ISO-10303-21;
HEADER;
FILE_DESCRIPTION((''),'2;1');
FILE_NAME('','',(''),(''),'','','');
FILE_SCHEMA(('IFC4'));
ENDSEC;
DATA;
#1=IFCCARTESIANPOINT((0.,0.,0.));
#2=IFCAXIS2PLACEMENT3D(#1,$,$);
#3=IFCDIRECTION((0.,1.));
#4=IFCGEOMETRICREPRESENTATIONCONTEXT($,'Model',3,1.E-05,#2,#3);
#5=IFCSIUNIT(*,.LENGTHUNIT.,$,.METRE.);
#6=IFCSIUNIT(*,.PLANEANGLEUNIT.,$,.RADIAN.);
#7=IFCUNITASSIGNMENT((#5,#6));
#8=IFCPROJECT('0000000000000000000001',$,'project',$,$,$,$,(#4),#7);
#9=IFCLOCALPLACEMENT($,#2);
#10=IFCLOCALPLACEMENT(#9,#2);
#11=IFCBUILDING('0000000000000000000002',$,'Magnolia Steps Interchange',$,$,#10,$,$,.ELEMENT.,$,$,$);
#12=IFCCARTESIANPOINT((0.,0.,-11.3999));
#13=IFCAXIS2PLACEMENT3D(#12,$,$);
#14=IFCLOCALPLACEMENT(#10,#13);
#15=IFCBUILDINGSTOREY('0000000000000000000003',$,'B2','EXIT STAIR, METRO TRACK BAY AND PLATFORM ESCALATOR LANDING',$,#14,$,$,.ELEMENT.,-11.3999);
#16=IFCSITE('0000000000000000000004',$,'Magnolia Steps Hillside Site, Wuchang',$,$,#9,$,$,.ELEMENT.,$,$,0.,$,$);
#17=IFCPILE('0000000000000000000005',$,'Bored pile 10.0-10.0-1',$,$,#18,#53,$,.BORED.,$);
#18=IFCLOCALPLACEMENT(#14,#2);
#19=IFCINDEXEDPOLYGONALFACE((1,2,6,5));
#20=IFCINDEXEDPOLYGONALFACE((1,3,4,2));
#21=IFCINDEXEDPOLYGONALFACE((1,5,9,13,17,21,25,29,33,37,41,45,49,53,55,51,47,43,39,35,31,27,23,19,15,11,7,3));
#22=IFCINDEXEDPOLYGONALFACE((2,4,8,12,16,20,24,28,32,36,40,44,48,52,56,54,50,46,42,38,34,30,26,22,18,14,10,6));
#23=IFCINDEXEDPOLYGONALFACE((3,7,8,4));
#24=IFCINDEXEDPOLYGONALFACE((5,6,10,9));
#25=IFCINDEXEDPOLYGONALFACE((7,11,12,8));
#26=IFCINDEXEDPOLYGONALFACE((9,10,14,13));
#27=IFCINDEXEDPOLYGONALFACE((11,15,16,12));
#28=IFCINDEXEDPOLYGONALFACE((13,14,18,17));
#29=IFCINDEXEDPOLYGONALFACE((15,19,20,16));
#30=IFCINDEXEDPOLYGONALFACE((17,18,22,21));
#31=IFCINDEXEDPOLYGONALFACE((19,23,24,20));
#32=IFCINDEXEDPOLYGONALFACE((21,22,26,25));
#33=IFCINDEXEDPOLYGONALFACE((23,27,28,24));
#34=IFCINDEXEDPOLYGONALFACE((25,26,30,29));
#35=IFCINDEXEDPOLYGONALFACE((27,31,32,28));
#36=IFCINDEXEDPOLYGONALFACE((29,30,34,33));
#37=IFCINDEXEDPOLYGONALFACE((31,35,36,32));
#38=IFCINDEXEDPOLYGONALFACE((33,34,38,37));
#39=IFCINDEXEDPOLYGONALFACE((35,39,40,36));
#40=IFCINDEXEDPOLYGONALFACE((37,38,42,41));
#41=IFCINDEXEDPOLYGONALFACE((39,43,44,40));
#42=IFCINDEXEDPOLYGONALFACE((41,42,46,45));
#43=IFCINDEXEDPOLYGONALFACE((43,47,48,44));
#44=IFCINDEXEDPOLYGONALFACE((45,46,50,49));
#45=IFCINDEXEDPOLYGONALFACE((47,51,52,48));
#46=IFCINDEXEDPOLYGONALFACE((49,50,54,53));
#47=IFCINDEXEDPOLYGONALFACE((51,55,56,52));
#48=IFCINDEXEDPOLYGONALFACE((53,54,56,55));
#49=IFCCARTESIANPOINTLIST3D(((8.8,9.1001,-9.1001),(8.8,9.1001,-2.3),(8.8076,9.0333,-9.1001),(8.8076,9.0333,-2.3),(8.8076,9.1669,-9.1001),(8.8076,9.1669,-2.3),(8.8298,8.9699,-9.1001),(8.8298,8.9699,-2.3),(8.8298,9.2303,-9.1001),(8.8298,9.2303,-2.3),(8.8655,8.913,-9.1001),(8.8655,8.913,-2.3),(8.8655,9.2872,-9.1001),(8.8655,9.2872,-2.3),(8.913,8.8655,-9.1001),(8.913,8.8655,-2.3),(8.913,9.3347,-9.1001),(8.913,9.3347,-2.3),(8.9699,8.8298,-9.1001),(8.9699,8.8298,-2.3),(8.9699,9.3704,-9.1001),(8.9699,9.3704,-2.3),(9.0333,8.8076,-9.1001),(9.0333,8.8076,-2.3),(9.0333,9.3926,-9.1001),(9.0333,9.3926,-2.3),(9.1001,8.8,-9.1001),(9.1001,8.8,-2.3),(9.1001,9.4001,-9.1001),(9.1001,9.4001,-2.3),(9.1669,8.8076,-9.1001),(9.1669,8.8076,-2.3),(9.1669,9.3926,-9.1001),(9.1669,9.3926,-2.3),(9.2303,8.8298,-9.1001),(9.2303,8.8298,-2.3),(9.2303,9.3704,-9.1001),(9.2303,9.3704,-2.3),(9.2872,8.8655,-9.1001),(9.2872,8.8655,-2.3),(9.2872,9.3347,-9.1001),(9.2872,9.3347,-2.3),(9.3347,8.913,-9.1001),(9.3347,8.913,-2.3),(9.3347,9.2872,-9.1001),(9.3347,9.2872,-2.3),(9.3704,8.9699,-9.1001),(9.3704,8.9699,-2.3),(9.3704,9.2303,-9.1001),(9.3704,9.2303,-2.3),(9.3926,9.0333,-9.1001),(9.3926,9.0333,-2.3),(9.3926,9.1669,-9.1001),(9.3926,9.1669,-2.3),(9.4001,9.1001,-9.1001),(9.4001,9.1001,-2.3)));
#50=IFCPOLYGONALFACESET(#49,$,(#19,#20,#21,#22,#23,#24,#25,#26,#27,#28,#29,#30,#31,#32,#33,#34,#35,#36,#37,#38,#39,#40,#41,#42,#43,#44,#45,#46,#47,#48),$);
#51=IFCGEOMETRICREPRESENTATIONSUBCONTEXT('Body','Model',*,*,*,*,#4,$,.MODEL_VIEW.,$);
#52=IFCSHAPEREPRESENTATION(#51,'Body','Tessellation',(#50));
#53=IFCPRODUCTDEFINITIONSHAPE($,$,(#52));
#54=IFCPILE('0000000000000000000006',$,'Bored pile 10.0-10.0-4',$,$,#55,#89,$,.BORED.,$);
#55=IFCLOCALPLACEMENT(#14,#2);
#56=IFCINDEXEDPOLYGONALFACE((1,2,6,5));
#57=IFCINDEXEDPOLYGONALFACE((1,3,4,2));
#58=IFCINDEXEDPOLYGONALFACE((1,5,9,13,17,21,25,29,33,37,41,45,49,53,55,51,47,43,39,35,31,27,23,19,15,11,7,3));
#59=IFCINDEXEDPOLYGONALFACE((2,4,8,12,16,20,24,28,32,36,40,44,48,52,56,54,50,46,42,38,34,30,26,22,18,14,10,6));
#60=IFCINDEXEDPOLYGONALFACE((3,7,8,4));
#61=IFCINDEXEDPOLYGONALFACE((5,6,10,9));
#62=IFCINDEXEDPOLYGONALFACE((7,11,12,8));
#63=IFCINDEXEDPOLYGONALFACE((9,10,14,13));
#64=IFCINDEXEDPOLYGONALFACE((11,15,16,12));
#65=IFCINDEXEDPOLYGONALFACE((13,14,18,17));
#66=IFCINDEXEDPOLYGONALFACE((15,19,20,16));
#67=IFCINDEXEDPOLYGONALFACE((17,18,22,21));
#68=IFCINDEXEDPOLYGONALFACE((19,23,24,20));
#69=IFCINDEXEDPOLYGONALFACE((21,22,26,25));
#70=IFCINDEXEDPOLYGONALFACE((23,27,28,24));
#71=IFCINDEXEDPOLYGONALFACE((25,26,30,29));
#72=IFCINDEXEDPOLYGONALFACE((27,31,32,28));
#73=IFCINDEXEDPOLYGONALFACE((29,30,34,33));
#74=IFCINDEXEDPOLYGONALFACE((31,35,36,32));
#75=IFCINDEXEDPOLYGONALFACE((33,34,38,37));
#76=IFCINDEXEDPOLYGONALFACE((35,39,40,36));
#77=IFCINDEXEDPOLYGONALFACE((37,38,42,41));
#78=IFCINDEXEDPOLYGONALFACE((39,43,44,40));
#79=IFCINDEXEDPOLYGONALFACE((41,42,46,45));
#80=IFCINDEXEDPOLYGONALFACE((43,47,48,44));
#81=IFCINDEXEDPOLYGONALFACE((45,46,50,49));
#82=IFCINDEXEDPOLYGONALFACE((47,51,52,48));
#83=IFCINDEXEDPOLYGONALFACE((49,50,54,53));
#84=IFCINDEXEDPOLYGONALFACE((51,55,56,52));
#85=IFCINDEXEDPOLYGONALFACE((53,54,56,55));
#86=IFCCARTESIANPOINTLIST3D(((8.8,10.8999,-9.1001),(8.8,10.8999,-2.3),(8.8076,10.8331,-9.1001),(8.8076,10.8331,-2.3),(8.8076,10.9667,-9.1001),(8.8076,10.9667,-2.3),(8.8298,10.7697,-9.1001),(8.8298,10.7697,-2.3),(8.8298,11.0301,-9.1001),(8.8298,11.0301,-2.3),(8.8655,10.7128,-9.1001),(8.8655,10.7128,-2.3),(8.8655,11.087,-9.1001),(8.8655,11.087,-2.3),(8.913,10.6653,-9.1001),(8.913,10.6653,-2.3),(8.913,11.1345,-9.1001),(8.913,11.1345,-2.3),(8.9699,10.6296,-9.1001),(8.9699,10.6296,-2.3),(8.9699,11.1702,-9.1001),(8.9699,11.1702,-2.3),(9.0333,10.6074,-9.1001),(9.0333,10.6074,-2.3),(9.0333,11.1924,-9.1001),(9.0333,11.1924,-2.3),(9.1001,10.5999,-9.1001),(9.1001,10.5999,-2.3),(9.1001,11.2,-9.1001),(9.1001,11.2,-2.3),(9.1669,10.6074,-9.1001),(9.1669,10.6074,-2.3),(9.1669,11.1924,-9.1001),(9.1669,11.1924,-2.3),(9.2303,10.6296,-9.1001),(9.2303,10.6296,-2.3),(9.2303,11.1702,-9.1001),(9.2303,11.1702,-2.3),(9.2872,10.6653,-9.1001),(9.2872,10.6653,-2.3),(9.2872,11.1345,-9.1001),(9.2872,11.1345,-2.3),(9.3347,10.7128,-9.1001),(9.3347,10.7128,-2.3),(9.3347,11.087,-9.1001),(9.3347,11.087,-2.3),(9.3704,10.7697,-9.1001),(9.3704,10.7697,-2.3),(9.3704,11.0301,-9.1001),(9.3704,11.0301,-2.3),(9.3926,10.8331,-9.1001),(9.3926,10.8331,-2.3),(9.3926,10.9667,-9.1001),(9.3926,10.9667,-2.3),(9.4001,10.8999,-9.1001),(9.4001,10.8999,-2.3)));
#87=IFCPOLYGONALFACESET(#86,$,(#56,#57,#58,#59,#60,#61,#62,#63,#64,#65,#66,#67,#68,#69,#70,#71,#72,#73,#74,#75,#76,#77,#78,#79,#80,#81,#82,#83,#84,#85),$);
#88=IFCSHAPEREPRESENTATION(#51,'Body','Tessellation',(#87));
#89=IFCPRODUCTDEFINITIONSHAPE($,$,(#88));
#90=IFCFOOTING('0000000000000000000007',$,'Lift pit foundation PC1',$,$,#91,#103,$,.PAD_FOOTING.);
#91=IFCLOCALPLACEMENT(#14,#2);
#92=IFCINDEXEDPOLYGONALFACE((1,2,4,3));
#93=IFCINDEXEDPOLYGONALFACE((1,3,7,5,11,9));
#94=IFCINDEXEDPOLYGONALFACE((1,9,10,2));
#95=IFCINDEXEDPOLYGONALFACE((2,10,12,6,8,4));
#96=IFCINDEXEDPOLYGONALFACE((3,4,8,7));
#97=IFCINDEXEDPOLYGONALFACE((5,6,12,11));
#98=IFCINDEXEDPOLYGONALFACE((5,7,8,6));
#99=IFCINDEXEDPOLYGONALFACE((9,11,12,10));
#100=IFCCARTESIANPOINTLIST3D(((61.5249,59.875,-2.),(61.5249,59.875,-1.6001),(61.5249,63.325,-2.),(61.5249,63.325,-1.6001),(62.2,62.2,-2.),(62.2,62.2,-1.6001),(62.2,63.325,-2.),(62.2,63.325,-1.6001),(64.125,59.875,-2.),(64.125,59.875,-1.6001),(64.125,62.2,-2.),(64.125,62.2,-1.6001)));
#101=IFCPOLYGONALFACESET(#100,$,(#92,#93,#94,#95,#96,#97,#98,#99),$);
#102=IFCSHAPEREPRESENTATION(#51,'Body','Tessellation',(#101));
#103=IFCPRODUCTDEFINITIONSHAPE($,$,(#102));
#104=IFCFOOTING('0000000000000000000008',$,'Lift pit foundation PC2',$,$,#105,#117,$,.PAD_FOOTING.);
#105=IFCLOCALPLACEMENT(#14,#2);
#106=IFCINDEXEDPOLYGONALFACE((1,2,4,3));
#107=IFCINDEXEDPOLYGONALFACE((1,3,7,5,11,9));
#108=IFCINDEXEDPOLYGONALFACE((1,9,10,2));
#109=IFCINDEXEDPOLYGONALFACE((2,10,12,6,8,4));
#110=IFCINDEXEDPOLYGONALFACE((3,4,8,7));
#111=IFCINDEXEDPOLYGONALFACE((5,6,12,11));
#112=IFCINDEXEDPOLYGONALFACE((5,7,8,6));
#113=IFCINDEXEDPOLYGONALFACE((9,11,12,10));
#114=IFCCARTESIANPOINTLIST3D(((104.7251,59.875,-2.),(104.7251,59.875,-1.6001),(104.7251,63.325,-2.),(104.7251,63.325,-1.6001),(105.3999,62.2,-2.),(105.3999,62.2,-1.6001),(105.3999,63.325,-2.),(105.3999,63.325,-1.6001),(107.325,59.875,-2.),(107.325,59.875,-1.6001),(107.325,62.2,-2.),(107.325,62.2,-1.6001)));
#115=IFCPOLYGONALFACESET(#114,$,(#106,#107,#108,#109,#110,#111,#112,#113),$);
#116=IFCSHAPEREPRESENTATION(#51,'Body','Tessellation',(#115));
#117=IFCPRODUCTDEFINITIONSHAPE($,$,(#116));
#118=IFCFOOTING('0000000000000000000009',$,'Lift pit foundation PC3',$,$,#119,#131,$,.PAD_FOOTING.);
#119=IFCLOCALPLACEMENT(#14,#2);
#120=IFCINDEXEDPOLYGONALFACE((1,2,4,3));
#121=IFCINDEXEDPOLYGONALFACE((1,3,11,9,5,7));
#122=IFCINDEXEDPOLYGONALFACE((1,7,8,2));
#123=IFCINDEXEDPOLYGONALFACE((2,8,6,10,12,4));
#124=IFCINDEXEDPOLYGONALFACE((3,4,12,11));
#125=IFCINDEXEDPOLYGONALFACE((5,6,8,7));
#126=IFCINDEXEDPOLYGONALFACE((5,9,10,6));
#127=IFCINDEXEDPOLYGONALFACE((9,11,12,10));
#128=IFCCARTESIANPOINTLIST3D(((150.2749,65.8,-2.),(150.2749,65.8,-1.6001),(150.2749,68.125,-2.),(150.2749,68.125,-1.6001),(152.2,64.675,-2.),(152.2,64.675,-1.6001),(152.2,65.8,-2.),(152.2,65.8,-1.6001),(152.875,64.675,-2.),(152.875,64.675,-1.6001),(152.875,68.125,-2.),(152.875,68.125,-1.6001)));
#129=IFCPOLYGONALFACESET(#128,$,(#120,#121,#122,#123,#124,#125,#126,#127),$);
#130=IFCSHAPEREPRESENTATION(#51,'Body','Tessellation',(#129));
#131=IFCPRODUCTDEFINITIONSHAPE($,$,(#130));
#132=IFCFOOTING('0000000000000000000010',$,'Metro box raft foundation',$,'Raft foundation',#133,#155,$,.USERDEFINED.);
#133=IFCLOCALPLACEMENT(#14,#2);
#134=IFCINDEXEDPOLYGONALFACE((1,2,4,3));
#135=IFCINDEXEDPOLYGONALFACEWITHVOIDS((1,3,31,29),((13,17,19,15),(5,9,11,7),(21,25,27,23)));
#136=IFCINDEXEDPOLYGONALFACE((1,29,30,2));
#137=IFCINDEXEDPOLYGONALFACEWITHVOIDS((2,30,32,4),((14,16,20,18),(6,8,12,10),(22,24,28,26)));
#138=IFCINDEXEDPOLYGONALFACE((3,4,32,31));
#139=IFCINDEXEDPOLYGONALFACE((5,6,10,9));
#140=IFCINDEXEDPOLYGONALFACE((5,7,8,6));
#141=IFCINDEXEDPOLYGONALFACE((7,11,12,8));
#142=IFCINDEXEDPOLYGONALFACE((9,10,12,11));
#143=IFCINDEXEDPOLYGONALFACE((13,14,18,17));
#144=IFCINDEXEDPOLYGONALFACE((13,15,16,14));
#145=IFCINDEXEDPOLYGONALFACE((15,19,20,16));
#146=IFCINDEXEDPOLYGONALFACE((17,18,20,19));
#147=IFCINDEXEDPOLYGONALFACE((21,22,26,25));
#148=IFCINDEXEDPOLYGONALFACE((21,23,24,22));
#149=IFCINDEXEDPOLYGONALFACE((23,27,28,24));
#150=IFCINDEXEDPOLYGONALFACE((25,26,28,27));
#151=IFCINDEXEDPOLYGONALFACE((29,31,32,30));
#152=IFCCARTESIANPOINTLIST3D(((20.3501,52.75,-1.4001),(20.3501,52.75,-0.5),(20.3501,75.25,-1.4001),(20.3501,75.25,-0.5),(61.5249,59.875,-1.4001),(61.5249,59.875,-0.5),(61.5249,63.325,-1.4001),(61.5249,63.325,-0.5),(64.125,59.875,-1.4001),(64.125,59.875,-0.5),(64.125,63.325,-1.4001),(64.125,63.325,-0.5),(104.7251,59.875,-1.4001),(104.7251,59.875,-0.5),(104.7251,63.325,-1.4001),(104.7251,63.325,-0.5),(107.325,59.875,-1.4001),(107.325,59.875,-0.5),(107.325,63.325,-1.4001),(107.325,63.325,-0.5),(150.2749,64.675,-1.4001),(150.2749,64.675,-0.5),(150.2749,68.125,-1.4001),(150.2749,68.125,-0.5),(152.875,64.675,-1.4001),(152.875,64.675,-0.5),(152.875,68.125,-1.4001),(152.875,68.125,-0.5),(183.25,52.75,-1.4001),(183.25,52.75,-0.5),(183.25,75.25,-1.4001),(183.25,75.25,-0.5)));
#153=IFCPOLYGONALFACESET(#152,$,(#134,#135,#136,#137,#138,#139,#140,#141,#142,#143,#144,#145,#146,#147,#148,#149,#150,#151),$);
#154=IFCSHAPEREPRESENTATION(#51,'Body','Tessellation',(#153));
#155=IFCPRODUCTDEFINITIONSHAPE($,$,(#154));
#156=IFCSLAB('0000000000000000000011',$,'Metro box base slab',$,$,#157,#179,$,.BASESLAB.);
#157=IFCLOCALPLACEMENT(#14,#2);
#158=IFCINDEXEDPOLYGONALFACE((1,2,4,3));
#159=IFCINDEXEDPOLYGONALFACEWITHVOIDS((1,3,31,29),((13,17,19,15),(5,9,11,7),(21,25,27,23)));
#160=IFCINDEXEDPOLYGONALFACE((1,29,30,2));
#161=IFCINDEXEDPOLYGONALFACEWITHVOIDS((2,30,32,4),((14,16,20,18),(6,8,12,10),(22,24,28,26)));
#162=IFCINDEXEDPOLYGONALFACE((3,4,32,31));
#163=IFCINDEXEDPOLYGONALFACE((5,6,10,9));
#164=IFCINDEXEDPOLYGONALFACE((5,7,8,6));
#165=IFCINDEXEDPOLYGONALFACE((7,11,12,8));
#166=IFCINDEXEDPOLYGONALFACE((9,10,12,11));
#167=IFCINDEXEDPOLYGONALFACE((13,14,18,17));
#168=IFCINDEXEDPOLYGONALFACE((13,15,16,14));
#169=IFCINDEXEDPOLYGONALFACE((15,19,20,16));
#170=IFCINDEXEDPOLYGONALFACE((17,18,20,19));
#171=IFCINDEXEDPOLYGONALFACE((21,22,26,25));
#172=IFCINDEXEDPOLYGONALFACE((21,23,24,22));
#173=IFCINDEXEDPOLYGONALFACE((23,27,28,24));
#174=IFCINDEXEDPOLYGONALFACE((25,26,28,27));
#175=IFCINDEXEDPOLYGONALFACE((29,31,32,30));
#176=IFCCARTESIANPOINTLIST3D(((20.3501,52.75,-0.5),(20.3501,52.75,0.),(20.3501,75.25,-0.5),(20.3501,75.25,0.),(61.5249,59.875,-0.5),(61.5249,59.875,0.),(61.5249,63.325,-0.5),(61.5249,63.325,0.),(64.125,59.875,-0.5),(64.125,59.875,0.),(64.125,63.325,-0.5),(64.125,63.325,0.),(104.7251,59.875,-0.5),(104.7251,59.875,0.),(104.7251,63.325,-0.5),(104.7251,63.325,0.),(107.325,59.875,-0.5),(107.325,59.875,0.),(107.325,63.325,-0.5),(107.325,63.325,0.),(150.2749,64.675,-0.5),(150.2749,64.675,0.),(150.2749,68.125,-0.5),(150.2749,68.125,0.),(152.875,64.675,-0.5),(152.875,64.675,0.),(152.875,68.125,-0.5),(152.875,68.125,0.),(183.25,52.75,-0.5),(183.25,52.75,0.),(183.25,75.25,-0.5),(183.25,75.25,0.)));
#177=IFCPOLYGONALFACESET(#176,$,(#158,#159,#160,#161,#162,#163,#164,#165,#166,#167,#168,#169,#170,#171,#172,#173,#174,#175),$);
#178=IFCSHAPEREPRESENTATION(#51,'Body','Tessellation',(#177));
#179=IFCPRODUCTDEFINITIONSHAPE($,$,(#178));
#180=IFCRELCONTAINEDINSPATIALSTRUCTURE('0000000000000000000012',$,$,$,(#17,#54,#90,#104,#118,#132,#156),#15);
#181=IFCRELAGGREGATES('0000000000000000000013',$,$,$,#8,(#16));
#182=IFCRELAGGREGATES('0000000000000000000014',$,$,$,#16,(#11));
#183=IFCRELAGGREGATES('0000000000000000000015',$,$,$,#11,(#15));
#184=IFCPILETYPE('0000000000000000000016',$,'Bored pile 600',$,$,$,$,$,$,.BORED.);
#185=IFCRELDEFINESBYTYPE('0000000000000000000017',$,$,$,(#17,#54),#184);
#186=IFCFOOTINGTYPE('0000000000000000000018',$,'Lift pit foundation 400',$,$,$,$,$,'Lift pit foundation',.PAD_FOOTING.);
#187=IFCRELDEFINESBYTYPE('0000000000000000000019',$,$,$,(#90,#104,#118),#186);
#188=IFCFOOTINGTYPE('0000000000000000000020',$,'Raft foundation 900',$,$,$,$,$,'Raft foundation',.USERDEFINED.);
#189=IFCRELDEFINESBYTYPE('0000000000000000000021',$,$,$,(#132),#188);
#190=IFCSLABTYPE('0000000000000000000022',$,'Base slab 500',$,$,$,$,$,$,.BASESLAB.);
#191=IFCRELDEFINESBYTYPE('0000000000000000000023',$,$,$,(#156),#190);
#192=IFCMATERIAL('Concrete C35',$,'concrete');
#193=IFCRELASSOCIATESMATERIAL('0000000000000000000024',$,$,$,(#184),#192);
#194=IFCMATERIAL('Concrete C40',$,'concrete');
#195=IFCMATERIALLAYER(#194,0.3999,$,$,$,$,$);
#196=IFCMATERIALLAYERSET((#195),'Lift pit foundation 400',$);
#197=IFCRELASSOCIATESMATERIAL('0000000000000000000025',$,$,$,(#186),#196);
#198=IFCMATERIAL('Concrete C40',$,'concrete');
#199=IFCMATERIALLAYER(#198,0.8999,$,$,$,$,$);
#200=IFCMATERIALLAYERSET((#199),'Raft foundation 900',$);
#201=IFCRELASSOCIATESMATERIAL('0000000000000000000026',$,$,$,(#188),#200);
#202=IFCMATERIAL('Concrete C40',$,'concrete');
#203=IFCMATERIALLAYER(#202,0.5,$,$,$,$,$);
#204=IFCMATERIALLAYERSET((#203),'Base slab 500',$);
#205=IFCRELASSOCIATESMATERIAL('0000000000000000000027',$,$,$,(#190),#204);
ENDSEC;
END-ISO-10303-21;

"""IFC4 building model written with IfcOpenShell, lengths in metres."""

from ifc_helpers import new_model, si_unit, direction, frame, origin, origin_2d, place, context, subcontext, project, spatial, polyline, circle, outline, extrude, material, layer, layer_set, material_profile, profile_set, type_object, element, save


model = new_model("IFC4")

# Units and contexts
model_context = context("Model", 3, precision=1e-05, world=origin(), true_north=direction((0.0, 1.0)))
body_context = subcontext(model_context, "Body", "Model", "MODEL_VIEW")
ifc_project = project(units=[si_unit("LENGTHUNIT", "METRE"), si_unit("PLANEANGLEUNIT", "RADIAN")], contexts=[model_context])

# Site, building, storey
site_placement = place(None, origin())
site = spatial("IfcSite", under=ifc_project, at=site_placement, Name="Magnolia Steps Hillside Site, Wuchang", CompositionType="ELEMENT", RefElevation=0.0)
building_placement = place(site_placement, origin())
building = spatial("IfcBuilding", under=site, at=building_placement, Name="Magnolia Steps Interchange", CompositionType="ELEMENT")
storey_placement = place(building_placement, frame((0.0, 0.0, -11.3999)))
storey = spatial("IfcBuildingStorey", under=building, at=storey_placement, Name="B2", Description="EXIT STAIR, METRO TRACK BAY AND PLATFORM ESCALATOR LANDING", CompositionType="ELEMENT", Elevation=-11.3999)

# Piles
ifc_material_1 = material(Name="Concrete C35", Category="concrete")
ifc_material_profile = material_profile(ifc_material_1, circle(Radius=0.3, at=origin_2d()), Name="Bored pile 600")
ifc_profile_set = profile_set([ifc_material_profile], Name="Concrete C35")
pile_type = type_object("IfcPileType", Name="Bored pile 600", PredefinedType="BORED", material=ifc_profile_set)
for number, where, z_axis, x_axis, name in (
    (1, (9.1001, 9.1001, -2.3), (0.0, 0.0, -1.0), (1.0, 0.0, 0.0), "Bored pile 10.0-10.0-1"),
    (2, (9.1001, 10.8999, -2.3), (0.0, 0.0, -1.0), (1.0, 0.0, 0.0), "Bored pile 10.0-10.0-4"),
):
    element("IfcPile", number, at=place(storey_placement, frame(where, z_axis=z_axis, x_axis=x_axis)), inside=storey, type_object=pile_type, Name=name, PredefinedType="BORED", context=body_context, shape_type="SweptSolid", body=[
        extrude(circle(Radius=0.3, at=origin_2d()), origin(), (0.0, 0.0, 1.0), 6.8),
    ])

# Footings
ifc_material_2 = material(Name="Concrete C40", Category="concrete")
ifc_layer_1 = layer(ifc_material_2, 0.3999)
ifc_layer_set_1 = layer_set([ifc_layer_1], Name="Lift pit foundation 400")
footing_type_1 = type_object("IfcFootingType", Name="Lift pit foundation 400", ElementType="Lift pit foundation", PredefinedType="PAD_FOOTING", material=ifc_layer_set_1)
footing_1_placement = place(storey_placement, frame((0.0, 0.0, -2.0)))
element("IfcFooting", 3, at=footing_1_placement, inside=storey, type_object=footing_type_1, Name="Lift pit foundation PC1", PredefinedType="PAD_FOOTING", context=body_context, shape_type="SweptSolid", body=[
    extrude(outline(polyline([(64.125, 59.875), (64.125, 62.2), (62.2, 62.2), (62.2, 63.325), (61.5249, 63.325), (61.5249, 59.875), (64.125, 59.875)])), origin(), (0.0, 0.0, 1.0), 0.3999),
])
footing_2_placement = place(storey_placement, frame((0.0, 0.0, -2.0)))
element("IfcFooting", 4, at=footing_2_placement, inside=storey, type_object=footing_type_1, Name="Lift pit foundation PC2", PredefinedType="PAD_FOOTING", context=body_context, shape_type="SweptSolid", body=[
    extrude(outline(polyline([(107.325, 59.875), (107.325, 62.2), (105.3999, 62.2), (105.3999, 63.325), (104.7251, 63.325), (104.7251, 59.875), (107.325, 59.875)])), origin(), (0.0, 0.0, 1.0), 0.3999),
])
footing_3_placement = place(storey_placement, frame((0.0, 0.0, -2.0)))
element("IfcFooting", 5, at=footing_3_placement, inside=storey, type_object=footing_type_1, Name="Lift pit foundation PC3", PredefinedType="PAD_FOOTING", context=body_context, shape_type="SweptSolid", body=[
    extrude(outline(polyline([(150.2749, 68.125), (150.2749, 65.8), (152.2, 65.8), (152.2, 64.675), (152.875, 64.675), (152.875, 68.125), (150.2749, 68.125)])), origin(), (0.0, 0.0, 1.0), 0.3999),
])
ifc_material_3 = material(Name="Concrete C40", Category="concrete")
ifc_layer_2 = layer(ifc_material_3, 0.8999)
ifc_layer_set_2 = layer_set([ifc_layer_2], Name="Raft foundation 900")
footing_type_2 = type_object("IfcFootingType", Name="Raft foundation 900", ElementType="Raft foundation", PredefinedType="USERDEFINED", material=ifc_layer_set_2)
footing_4_placement = place(storey_placement, frame((0.0, 0.0, -1.4001)))
element("IfcFooting", 6, at=footing_4_placement, inside=storey, type_object=footing_type_2, Name="Metro box raft foundation", ObjectType="Raft foundation", PredefinedType="USERDEFINED", context=body_context, shape_type="SweptSolid", body=[
    extrude(outline(polyline([(20.3501, 52.75), (183.25, 52.75), (183.25, 75.25), (20.3501, 75.25), (20.3501, 52.75)]), holes=[polyline([(64.125, 63.325), (61.5249, 63.325), (61.5249, 59.875), (64.125, 59.875), (64.125, 63.325)]), polyline([(107.325, 63.325), (104.7251, 63.325), (104.7251, 59.875), (107.325, 59.875), (107.325, 63.325)]), polyline([(150.2749, 64.675), (152.875, 64.675), (152.875, 68.125), (150.2749, 68.125), (150.2749, 64.675)])]), origin(), (0.0, 0.0, 1.0), 0.9001),
])

# Slab
ifc_material_4 = material(Name="Concrete C40", Category="concrete")
ifc_layer_3 = layer(ifc_material_4, 0.5)
ifc_layer_set_3 = layer_set([ifc_layer_3], Name="Base slab 500")
slab_type_1 = type_object("IfcSlabType", Name="Base slab 500", PredefinedType="BASESLAB", material=ifc_layer_set_3)
slab_1_placement = place(storey_placement, frame((0.0, 0.0, -0.5)))
element("IfcSlab", 7, at=slab_1_placement, inside=storey, type_object=slab_type_1, Name="Metro box base slab", PredefinedType="BASESLAB", context=body_context, shape_type="SweptSolid", body=[
    extrude(outline(polyline([(20.3501, 52.75), (183.25, 52.75), (183.25, 75.25), (20.3501, 75.25), (20.3501, 52.75)]), holes=[polyline([(64.125, 63.325), (61.5249, 63.325), (61.5249, 59.875), (64.125, 59.875), (64.125, 63.325)]), polyline([(107.325, 63.325), (104.7251, 63.325), (104.7251, 59.875), (107.325, 59.875), (107.325, 63.325)]), polyline([(150.2749, 64.675), (152.875, 64.675), (152.875, 68.125), (150.2749, 68.125), (150.2749, 64.675)])]), origin(), (0.0, 0.0, 1.0), 0.5),
])

save(model, "model.ifc")
